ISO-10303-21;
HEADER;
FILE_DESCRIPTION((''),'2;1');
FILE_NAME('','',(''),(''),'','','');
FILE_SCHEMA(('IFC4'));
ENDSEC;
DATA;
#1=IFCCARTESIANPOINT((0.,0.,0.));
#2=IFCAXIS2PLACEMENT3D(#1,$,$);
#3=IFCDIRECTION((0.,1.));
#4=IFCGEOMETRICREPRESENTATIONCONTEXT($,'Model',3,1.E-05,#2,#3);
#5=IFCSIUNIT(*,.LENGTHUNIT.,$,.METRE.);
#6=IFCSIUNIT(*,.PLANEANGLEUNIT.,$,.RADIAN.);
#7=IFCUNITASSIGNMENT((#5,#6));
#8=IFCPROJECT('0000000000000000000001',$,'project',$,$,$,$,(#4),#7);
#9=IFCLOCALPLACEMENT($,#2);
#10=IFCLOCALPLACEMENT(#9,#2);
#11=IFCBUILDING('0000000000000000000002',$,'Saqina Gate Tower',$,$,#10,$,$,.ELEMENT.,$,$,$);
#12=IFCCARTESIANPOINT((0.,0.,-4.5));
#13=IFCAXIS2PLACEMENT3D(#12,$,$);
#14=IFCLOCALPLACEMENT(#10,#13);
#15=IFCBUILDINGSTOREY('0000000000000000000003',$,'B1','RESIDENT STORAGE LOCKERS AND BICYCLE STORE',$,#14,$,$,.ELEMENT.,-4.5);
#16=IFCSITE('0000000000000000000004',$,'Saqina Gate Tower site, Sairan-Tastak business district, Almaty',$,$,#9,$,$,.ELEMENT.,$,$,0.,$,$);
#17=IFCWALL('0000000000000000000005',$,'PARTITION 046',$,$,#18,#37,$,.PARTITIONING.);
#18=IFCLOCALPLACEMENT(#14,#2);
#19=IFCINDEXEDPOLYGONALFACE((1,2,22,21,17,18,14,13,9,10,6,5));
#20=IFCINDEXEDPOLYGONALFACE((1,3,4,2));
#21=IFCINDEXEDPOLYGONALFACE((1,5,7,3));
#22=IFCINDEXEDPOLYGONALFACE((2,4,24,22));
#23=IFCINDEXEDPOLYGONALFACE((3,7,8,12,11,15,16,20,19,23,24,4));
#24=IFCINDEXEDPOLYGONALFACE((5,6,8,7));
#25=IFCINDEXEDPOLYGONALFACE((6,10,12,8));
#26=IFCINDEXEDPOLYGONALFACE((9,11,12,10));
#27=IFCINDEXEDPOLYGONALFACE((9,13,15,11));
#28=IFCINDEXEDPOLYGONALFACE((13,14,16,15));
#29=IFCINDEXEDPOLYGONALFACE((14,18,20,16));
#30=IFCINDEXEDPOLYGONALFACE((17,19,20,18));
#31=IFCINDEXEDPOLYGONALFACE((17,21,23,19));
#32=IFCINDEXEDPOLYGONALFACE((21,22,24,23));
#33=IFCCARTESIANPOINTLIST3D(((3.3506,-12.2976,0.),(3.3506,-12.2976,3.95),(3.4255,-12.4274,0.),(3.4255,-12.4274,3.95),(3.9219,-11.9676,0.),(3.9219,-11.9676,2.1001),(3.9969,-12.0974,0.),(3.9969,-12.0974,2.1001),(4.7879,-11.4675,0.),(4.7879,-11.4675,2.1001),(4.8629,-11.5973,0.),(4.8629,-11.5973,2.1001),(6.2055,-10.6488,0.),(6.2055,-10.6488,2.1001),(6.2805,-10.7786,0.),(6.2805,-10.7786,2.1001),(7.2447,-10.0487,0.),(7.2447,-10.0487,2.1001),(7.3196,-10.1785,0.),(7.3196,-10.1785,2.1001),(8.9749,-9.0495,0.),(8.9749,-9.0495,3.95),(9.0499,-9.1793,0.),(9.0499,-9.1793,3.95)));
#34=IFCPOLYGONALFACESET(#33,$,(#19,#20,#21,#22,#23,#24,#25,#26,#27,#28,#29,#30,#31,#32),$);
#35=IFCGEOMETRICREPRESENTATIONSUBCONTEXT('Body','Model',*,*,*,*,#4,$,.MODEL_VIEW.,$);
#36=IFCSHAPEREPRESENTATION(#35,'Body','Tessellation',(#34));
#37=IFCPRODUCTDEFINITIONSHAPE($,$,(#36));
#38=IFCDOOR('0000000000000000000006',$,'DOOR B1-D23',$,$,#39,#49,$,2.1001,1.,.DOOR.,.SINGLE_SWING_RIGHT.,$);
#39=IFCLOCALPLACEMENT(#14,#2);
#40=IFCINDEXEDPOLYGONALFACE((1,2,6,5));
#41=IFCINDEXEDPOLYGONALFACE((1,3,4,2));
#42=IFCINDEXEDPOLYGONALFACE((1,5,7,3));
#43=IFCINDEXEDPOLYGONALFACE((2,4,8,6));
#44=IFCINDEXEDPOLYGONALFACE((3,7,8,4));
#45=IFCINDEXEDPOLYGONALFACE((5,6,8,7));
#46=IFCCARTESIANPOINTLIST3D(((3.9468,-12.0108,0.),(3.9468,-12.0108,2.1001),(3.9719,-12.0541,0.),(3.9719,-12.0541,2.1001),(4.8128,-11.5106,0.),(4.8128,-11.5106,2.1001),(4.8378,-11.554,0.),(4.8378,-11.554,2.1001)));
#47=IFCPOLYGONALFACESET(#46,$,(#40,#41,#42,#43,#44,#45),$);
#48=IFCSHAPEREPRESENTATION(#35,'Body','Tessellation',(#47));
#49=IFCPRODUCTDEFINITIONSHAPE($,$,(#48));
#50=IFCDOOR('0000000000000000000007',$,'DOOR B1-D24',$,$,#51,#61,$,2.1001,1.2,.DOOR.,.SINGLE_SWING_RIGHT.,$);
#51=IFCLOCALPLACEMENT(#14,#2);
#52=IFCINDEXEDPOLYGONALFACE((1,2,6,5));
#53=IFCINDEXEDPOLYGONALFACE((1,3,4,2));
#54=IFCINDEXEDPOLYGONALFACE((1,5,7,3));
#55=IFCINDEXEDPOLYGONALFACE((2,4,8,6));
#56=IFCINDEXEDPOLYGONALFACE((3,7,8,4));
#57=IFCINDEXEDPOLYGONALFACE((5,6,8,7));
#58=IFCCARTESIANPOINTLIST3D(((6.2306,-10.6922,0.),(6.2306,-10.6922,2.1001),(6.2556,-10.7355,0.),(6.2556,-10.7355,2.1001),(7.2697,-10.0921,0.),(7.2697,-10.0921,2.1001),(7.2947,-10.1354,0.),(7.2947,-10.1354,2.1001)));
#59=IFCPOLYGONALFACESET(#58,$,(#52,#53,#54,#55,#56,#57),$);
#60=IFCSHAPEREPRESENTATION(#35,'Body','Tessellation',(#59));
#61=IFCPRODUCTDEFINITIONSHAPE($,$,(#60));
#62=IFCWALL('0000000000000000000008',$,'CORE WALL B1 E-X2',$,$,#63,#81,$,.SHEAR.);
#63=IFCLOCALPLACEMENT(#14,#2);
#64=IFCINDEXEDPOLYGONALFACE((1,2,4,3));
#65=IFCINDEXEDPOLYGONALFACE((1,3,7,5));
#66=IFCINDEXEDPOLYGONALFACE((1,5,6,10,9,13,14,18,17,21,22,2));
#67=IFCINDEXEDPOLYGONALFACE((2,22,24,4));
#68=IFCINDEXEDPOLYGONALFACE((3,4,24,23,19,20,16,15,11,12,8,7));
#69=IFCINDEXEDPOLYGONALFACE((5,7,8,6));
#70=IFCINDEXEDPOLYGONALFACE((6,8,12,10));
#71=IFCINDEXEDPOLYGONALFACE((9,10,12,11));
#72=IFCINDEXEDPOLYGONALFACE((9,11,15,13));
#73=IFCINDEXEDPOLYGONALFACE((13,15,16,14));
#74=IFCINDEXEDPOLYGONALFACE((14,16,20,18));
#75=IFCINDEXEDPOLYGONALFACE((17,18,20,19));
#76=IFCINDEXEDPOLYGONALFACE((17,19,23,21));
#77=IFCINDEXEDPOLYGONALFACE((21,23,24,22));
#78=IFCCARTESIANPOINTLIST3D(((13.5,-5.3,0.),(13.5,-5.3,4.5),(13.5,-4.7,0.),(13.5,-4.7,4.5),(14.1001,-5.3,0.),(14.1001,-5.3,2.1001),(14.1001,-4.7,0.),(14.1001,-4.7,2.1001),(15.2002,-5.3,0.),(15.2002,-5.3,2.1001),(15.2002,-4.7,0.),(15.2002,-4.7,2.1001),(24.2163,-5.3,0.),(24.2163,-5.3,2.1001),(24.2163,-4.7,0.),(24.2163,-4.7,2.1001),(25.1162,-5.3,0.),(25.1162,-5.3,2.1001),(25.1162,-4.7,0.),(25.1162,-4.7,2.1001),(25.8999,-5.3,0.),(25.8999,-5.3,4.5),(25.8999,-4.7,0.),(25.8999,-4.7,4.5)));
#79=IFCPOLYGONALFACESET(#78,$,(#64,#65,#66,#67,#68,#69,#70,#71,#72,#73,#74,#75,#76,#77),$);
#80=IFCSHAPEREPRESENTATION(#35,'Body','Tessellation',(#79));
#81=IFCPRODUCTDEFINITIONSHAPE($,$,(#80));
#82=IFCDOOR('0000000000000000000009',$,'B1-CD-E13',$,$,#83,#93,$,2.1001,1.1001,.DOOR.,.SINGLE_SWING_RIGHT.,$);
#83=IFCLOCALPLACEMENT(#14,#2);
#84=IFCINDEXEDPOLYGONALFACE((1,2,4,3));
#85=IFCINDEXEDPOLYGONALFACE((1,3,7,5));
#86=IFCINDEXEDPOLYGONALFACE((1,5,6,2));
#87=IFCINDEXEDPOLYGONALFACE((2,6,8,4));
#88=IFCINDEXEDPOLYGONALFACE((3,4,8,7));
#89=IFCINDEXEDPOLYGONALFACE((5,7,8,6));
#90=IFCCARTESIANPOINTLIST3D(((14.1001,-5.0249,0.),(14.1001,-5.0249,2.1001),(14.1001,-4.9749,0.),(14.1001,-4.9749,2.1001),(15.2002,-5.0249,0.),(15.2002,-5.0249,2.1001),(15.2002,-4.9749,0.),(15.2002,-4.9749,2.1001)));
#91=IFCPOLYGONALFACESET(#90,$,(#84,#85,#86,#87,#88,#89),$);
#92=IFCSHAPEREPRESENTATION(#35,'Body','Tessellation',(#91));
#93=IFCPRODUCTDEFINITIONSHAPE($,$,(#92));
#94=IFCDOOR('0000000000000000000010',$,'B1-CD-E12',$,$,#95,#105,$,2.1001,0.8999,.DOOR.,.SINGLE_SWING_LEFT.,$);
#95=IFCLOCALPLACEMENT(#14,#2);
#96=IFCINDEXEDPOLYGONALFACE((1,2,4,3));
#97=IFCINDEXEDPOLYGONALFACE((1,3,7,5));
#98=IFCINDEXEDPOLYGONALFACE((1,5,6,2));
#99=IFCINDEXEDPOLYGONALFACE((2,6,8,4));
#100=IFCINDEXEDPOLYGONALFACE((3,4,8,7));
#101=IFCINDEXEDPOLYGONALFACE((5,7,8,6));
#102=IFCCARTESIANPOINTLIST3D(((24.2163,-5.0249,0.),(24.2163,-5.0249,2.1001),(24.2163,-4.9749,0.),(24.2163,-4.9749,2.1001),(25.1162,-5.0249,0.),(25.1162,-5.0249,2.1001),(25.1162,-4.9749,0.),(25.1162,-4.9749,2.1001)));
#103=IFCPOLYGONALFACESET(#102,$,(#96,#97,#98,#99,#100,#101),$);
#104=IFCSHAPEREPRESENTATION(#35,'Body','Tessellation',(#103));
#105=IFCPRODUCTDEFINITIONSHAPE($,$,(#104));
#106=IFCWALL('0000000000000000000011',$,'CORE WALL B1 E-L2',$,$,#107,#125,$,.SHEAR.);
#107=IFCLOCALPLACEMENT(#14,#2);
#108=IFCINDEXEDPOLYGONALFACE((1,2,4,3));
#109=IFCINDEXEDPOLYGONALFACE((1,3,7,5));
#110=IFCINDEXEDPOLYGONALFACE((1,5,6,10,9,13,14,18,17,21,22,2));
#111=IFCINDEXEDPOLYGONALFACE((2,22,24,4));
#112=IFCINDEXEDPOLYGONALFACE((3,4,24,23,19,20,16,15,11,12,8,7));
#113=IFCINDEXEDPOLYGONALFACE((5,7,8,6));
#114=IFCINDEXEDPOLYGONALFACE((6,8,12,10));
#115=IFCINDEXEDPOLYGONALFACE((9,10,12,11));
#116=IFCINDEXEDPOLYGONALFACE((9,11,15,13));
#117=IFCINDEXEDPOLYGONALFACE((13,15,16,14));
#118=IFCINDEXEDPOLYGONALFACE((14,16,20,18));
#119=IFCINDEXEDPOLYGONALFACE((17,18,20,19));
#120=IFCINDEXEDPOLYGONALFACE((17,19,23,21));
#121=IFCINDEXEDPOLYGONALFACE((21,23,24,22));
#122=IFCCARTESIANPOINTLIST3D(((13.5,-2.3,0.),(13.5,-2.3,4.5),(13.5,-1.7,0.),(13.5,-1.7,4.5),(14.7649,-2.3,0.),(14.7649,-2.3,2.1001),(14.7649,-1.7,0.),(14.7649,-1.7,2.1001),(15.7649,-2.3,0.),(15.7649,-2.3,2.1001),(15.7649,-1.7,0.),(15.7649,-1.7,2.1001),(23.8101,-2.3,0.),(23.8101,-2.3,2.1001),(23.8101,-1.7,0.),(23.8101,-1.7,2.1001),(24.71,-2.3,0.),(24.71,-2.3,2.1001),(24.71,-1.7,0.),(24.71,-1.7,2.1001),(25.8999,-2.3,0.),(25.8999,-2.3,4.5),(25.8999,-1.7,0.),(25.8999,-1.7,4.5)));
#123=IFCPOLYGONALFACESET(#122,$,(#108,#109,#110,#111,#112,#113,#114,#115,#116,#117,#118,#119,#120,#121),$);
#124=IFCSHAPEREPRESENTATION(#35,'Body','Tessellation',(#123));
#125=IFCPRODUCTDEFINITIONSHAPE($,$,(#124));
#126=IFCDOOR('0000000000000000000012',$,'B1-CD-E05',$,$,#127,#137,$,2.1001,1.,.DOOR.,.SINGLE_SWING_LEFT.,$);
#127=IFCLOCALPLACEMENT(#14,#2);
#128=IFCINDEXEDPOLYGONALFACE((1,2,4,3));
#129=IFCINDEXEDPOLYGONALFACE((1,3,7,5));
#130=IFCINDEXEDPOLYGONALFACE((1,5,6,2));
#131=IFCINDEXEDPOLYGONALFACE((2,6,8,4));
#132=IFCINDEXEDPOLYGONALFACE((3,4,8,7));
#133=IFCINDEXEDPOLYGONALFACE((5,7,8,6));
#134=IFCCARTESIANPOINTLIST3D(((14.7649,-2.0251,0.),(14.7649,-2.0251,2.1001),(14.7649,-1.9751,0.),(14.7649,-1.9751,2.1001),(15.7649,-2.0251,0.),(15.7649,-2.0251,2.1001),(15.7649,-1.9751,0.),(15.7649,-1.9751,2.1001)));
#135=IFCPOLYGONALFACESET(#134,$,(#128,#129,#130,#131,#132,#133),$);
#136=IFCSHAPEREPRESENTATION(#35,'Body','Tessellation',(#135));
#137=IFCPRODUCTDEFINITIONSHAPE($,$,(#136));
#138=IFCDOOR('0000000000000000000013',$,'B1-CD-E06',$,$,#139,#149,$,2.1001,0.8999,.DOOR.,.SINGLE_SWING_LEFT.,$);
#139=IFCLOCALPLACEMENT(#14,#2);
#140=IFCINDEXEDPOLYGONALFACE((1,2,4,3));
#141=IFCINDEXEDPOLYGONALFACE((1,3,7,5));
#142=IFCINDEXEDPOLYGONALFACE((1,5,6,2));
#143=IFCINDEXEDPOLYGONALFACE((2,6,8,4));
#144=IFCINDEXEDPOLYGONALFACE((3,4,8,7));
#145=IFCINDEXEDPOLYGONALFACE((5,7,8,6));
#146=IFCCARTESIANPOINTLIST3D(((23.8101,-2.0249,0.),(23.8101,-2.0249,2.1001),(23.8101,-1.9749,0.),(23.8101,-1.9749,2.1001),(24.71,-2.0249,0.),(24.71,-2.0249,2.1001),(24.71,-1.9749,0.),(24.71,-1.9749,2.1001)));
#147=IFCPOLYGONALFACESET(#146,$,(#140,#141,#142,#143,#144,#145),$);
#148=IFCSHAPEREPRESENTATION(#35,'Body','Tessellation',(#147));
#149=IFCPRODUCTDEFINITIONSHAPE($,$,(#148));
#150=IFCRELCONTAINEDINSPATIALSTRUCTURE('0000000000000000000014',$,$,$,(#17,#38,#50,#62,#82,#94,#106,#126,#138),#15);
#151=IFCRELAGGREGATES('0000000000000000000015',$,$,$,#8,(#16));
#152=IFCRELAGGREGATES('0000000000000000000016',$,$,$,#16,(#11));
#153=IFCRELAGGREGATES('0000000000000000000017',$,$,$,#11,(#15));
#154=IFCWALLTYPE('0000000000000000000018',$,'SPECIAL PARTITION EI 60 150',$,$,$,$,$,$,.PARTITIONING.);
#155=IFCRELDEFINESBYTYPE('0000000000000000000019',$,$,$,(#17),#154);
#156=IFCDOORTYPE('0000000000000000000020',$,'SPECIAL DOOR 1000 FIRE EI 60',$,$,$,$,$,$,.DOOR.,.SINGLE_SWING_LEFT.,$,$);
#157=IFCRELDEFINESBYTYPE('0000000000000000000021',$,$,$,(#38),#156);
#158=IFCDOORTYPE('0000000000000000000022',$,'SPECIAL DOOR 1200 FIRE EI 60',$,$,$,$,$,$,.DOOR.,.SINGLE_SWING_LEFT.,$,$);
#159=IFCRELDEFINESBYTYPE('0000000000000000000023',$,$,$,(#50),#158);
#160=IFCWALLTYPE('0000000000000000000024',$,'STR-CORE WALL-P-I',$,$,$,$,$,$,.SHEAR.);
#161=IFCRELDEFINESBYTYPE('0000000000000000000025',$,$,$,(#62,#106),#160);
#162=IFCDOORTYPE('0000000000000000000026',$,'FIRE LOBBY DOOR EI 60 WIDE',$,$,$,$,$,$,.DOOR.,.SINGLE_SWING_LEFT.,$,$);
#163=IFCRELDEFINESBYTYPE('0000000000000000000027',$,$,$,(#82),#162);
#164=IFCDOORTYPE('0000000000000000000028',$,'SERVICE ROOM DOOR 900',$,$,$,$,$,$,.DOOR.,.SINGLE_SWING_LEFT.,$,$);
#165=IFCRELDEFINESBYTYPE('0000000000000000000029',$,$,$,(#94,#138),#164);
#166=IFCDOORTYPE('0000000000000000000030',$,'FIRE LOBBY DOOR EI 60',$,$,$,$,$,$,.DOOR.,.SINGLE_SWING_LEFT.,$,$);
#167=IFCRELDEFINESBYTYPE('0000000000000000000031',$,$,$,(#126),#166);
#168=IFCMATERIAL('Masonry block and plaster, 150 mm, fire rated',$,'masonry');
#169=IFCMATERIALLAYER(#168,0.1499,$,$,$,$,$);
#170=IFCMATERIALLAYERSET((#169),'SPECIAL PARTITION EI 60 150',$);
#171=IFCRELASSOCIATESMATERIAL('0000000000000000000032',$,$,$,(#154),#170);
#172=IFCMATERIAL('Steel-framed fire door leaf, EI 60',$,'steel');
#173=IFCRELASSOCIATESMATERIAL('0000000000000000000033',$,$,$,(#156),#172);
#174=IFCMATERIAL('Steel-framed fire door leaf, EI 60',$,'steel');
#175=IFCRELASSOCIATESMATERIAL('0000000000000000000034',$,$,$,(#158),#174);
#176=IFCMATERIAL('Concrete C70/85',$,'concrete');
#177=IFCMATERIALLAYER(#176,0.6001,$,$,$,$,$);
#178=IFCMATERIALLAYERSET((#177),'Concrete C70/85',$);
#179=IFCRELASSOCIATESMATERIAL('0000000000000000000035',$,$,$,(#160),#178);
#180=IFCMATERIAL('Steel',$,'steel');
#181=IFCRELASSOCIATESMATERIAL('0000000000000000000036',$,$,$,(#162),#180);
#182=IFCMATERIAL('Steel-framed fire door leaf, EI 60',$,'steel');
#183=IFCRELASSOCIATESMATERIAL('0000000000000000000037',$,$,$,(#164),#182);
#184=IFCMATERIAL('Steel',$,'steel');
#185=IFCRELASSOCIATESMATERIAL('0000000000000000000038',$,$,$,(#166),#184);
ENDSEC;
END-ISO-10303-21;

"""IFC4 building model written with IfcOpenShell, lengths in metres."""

from ifc_helpers import new_model, si_unit, direction, frame, frame_2d, origin, place, context, subcontext, project, spatial, rectangle, extrude, material, layer, layer_set, type_object, element, fill, save


model = new_model("IFC4")

# Units and contexts
model_context = context("Model", 3, precision=1e-05, world=origin(), true_north=direction((0.0, 1.0)))
body_context = subcontext(model_context, "Body", "Model", "MODEL_VIEW")
ifc_project = project(units=[si_unit("LENGTHUNIT", "METRE"), si_unit("PLANEANGLEUNIT", "RADIAN")], contexts=[model_context])

# Site, building, storey
site_placement = place(None, origin())
site = spatial("IfcSite", under=ifc_project, at=site_placement, Name="Saqina Gate Tower site, Sairan-Tastak business district, Almaty", CompositionType="ELEMENT", RefElevation=0.0)
building_placement = place(site_placement, origin())
building = spatial("IfcBuilding", under=site, at=building_placement, Name="Saqina Gate Tower", CompositionType="ELEMENT")
storey_placement = place(building_placement, frame((0.0, 0.0, -4.5)))
storey = spatial("IfcBuildingStorey", under=building, at=storey_placement, Name="B1", Description="RESIDENT STORAGE LOCKERS AND BICYCLE STORE", CompositionType="ELEMENT", Elevation=-4.5)

# Shared definitions
ifc_material_1 = material(Name="Masonry block and plaster, 150 mm, fire rated", Category="masonry")
ifc_layer_1 = layer(ifc_material_1, 0.1499)
ifc_layer_set_1 = layer_set([ifc_layer_1], Name="SPECIAL PARTITION EI 60 150")
wall_type_1 = type_object("IfcWallType", Name="SPECIAL PARTITION EI 60 150", PredefinedType="PARTITIONING", material=ifc_layer_set_1)

# Shared definitions
ifc_material_2 = material(Name="Steel-framed fire door leaf, EI 60", Category="steel")
door_type_1 = type_object("IfcDoorType", Name="SPECIAL DOOR 1000 FIRE EI 60", OperationType="SINGLE_SWING_LEFT", PredefinedType="DOOR", material=ifc_material_2)

# Walls, openings, doors
wall_1_placement = place(storey_placement, frame((3.3879, -12.3625, 0.0), z_axis=(0.0, 0.0, 1.0), x_axis=(0.865967, 0.500101, 0.0)))
wall_1 = element("IfcWall", 1, at=wall_1_placement, inside=storey, type_object=wall_type_1, Name="PARTITION 046", PredefinedType="PARTITIONING", context=body_context, shape_type="SweptSolid", body=[
    extrude(rectangle(XDim=6.4949, YDim=0.1499, at=frame_2d((3.2476, 0.0))), origin(), (0.0, 0.0, 1.0), 3.95),
])
opening_1_placement = place(wall_1_placement, frame((0.6599, 0.0, 0.0)))
opening_1 = element("IfcOpeningElement", 2, at=opening_1_placement, cuts=wall_1, PredefinedType="OPENING", context=body_context, shape_type="SweptSolid", body=[
    extrude(rectangle(XDim=1.0, YDim=2.1001, at=frame_2d((0.5, 1.05))), frame((0.0, 0.0869, 0.0), z_axis=(0.0, -1.0, 0.0), x_axis=(1.0, 0.0, 0.0)), (0.0, 0.0, 1.0), 0.1738),
])
opening_2_placement = place(wall_1_placement, frame((3.2969, 0.0, 0.0)))
opening_2 = element("IfcOpeningElement", 3, at=opening_2_placement, cuts=wall_1, PredefinedType="OPENING", context=body_context, shape_type="SweptSolid", body=[
    extrude(rectangle(XDim=1.2, YDim=2.1001, at=frame_2d((0.6001, 1.05))), frame((0.0, 0.0869, 0.0), z_axis=(0.0, -1.0, 0.0), x_axis=(1.0, 0.0, 0.0)), (0.0, 0.0, 1.0), 0.1738),
])
door_1_placement = place(opening_1_placement, frame((1.0, 0.0, 0.0), z_axis=(0.0, 0.0, 1.0), x_axis=(-1.0, 0.0, 0.0)))
door_1 = element("IfcDoor", 4, at=door_1_placement, inside=storey, type_object=door_type_1, Name="DOOR B1-D23", OperationType="SINGLE_SWING_RIGHT", OverallHeight=2.1001, OverallWidth=1.0, PredefinedType="DOOR", context=body_context, shape_type="SweptSolid", body=[
    extrude(rectangle(XDim=1.0, YDim=2.1001, at=frame_2d((0.5, 1.05))), frame((0.0, 0.0249, 0.0), z_axis=(0.0, -1.0, 0.0), x_axis=(1.0, 0.0, 0.0)), (0.0, 0.0, 1.0), 0.05),
])
fill(opening_1, door_1)
ifc_material_3 = material(Name="Steel-framed fire door leaf, EI 60", Category="steel")
door_type_2 = type_object("IfcDoorType", Name="SPECIAL DOOR 1200 FIRE EI 60", OperationType="SINGLE_SWING_LEFT", PredefinedType="DOOR", material=ifc_material_3)
door_2_placement = place(opening_2_placement, origin())
door_2 = element("IfcDoor", 5, at=door_2_placement, inside=storey, type_object=door_type_2, Name="DOOR B1-D24", OperationType="SINGLE_SWING_RIGHT", OverallHeight=2.1001, OverallWidth=1.2, PredefinedType="DOOR", context=body_context, shape_type="SweptSolid", body=[
    extrude(rectangle(XDim=1.2, YDim=2.1001, at=frame_2d((0.6001, 1.05))), frame((0.0, 0.0249, 0.0), z_axis=(0.0, -1.0, 0.0), x_axis=(1.0, 0.0, 0.0)), (0.0, 0.0, 1.0), 0.05),
])
fill(opening_2, door_2)
ifc_material_4 = material(Name="Concrete C70/85", Category="concrete")
ifc_layer_2 = layer(ifc_material_4, 0.6001)
ifc_layer_set_2 = layer_set([ifc_layer_2], Name="Concrete C70/85")
wall_type_2 = type_object("IfcWallType", Name="STR-CORE WALL-P-I", PredefinedType="SHEAR", material=ifc_layer_set_2)
wall_2_placement = place(storey_placement, frame((13.5, -5.0, 0.0), z_axis=(0.0, 0.0, 1.0), x_axis=(1.0, 0.0, 0.0)))
wall_2 = element("IfcWall", 6, at=wall_2_placement, inside=storey, type_object=wall_type_2, Name="CORE WALL B1 E-X2", PredefinedType="SHEAR", context=body_context, shape_type="SweptSolid", body=[
    extrude(rectangle(XDim=12.3999, YDim=0.6001, at=frame_2d((6.2, 0.0))), origin(), (0.0, 0.0, 1.0), 4.5),
])
opening_3_placement = place(wall_2_placement, frame((10.7163, 0.0, 0.0)))
opening_3 = element("IfcOpeningElement", 7, at=opening_3_placement, cuts=wall_2, PredefinedType="OPENING", context=body_context, shape_type="SweptSolid", body=[
    extrude(rectangle(XDim=0.8999, YDim=2.1001, at=frame_2d((0.45, 1.05))), frame((0.0, 0.312, 0.0), z_axis=(0.0, -1.0, 0.0), x_axis=(1.0, 0.0, 0.0)), (0.0, 0.0, 1.0), 0.624),
])
opening_4_placement = place(wall_2_placement, frame((0.6001, 0.0, 0.0)))
opening_4 = element("IfcOpeningElement", 8, at=opening_4_placement, cuts=wall_2, PredefinedType="OPENING", context=body_context, shape_type="SweptSolid", body=[
    extrude(rectangle(XDim=1.1001, YDim=2.1001, at=frame_2d((0.55, 1.05))), frame((0.0, 0.312, 0.0), z_axis=(0.0, -1.0, 0.0), x_axis=(1.0, 0.0, 0.0)), (0.0, 0.0, 1.0), 0.624),
])
ifc_material_5 = material(Name="Steel", Category="steel")
door_type_3 = type_object("IfcDoorType", Name="FIRE LOBBY DOOR EI 60 WIDE", OperationType="SINGLE_SWING_LEFT", PredefinedType="DOOR", material=ifc_material_5)
door_3_placement = place(opening_4_placement, frame((1.1001, 0.0, 0.0), z_axis=(0.0, 0.0, 1.0), x_axis=(-1.0, 0.0, 0.0)))
door_3 = element("IfcDoor", 9, at=door_3_placement, inside=storey, type_object=door_type_3, Name="B1-CD-E13", OperationType="SINGLE_SWING_RIGHT", OverallHeight=2.1001, OverallWidth=1.1001, PredefinedType="DOOR", context=body_context, shape_type="SweptSolid", body=[
    extrude(rectangle(XDim=1.1001, YDim=2.1001, at=frame_2d((0.55, 1.05))), frame((0.0, 0.0249, 0.0), z_axis=(0.0, -1.0, 0.0), x_axis=(1.0, 0.0, 0.0)), (0.0, 0.0, 1.0), 0.05),
])
fill(opening_4, door_3)
ifc_material_6 = material(Name="Steel-framed fire door leaf, EI 60", Category="steel")
door_type_4 = type_object("IfcDoorType", Name="SERVICE ROOM DOOR 900", OperationType="SINGLE_SWING_LEFT", PredefinedType="DOOR", material=ifc_material_6)
door_4_placement = place(opening_3_placement, frame((0.8999, 0.0, 0.0), z_axis=(0.0, 0.0, 1.0), x_axis=(-1.0, 0.0, 0.0)))
door_4 = element("IfcDoor", 10, at=door_4_placement, inside=storey, type_object=door_type_4, Name="B1-CD-E12", OperationType="SINGLE_SWING_LEFT", OverallHeight=2.1001, OverallWidth=0.8999, PredefinedType="DOOR", context=body_context, shape_type="SweptSolid", body=[
    extrude(rectangle(XDim=0.8999, YDim=2.1001, at=frame_2d((0.45, 1.05))), frame((0.0, 0.0249, 0.0), z_axis=(0.0, -1.0, 0.0), x_axis=(1.0, 0.0, 0.0)), (0.0, 0.0, 1.0), 0.05),
])
fill(opening_3, door_4)
wall_3_placement = place(storey_placement, frame((13.5, -2.0, 0.0), z_axis=(0.0, 0.0, 1.0), x_axis=(1.0, 0.0, 0.0)))
wall_3 = element("IfcWall", 11, at=wall_3_placement, inside=storey, type_object=wall_type_2, Name="CORE WALL B1 E-L2", PredefinedType="SHEAR", context=body_context, shape_type="SweptSolid", body=[
    extrude(rectangle(XDim=12.3999, YDim=0.6001, at=frame_2d((6.2, 0.0))), origin(), (0.0, 0.0, 1.0), 4.5),
])
opening_5_placement = place(wall_3_placement, frame((1.2649, 0.0, 0.0)))
opening_5 = element("IfcOpeningElement", 12, at=opening_5_placement, cuts=wall_3, PredefinedType="OPENING", context=body_context, shape_type="SweptSolid", body=[
    extrude(rectangle(XDim=1.0, YDim=2.1001, at=frame_2d((0.5, 1.05))), frame((0.0, 0.312, 0.0), z_axis=(0.0, -1.0, 0.0), x_axis=(1.0, 0.0, 0.0)), (0.0, 0.0, 1.0), 0.624),
])
opening_6_placement = place(wall_3_placement, frame((10.3101, 0.0, 0.0)))
opening_6 = element("IfcOpeningElement", 13, at=opening_6_placement, cuts=wall_3, PredefinedType="OPENING", context=body_context, shape_type="SweptSolid", body=[
    extrude(rectangle(XDim=0.8999, YDim=2.1001, at=frame_2d((0.45, 1.05))), frame((0.0, 0.312, 0.0), z_axis=(0.0, -1.0, 0.0), x_axis=(1.0, 0.0, 0.0)), (0.0, 0.0, 1.0), 0.624),
])
ifc_material_7 = material(Name="Steel", Category="steel")
door_type_5 = type_object("IfcDoorType", Name="FIRE LOBBY DOOR EI 60", OperationType="SINGLE_SWING_LEFT", PredefinedType="DOOR", material=ifc_material_7)
door_5_placement = place(opening_5_placement, origin())
door_5 = element("IfcDoor", 14, at=door_5_placement, inside=storey, type_object=door_type_5, Name="B1-CD-E05", OperationType="SINGLE_SWING_LEFT", OverallHeight=2.1001, OverallWidth=1.0, PredefinedType="DOOR", context=body_context, shape_type="SweptSolid", body=[
    extrude(rectangle(XDim=1.0, YDim=2.1001, at=frame_2d((0.5, 1.05))), frame((0.0, 0.0249, 0.0), z_axis=(0.0, -1.0, 0.0), x_axis=(1.0, 0.0, 0.0)), (0.0, 0.0, 1.0), 0.05),
])
fill(opening_5, door_5)
door_6_placement = place(opening_6_placement, frame((0.8999, 0.0, 0.0), z_axis=(0.0, 0.0, 1.0), x_axis=(-1.0, 0.0, 0.0)))
door_6 = element("IfcDoor", 15, at=door_6_placement, inside=storey, type_object=door_type_4, Name="B1-CD-E06", OperationType="SINGLE_SWING_LEFT", OverallHeight=2.1001, OverallWidth=0.8999, PredefinedType="DOOR", context=body_context, shape_type="SweptSolid", body=[
    extrude(rectangle(XDim=0.8999, YDim=2.1001, at=frame_2d((0.45, 1.05))), frame((0.0, 0.0249, 0.0), z_axis=(0.0, -1.0, 0.0), x_axis=(1.0, 0.0, 0.0)), (0.0, 0.0, 1.0), 0.05),
])
fill(opening_6, door_6)

save(model, "model.ifc")
